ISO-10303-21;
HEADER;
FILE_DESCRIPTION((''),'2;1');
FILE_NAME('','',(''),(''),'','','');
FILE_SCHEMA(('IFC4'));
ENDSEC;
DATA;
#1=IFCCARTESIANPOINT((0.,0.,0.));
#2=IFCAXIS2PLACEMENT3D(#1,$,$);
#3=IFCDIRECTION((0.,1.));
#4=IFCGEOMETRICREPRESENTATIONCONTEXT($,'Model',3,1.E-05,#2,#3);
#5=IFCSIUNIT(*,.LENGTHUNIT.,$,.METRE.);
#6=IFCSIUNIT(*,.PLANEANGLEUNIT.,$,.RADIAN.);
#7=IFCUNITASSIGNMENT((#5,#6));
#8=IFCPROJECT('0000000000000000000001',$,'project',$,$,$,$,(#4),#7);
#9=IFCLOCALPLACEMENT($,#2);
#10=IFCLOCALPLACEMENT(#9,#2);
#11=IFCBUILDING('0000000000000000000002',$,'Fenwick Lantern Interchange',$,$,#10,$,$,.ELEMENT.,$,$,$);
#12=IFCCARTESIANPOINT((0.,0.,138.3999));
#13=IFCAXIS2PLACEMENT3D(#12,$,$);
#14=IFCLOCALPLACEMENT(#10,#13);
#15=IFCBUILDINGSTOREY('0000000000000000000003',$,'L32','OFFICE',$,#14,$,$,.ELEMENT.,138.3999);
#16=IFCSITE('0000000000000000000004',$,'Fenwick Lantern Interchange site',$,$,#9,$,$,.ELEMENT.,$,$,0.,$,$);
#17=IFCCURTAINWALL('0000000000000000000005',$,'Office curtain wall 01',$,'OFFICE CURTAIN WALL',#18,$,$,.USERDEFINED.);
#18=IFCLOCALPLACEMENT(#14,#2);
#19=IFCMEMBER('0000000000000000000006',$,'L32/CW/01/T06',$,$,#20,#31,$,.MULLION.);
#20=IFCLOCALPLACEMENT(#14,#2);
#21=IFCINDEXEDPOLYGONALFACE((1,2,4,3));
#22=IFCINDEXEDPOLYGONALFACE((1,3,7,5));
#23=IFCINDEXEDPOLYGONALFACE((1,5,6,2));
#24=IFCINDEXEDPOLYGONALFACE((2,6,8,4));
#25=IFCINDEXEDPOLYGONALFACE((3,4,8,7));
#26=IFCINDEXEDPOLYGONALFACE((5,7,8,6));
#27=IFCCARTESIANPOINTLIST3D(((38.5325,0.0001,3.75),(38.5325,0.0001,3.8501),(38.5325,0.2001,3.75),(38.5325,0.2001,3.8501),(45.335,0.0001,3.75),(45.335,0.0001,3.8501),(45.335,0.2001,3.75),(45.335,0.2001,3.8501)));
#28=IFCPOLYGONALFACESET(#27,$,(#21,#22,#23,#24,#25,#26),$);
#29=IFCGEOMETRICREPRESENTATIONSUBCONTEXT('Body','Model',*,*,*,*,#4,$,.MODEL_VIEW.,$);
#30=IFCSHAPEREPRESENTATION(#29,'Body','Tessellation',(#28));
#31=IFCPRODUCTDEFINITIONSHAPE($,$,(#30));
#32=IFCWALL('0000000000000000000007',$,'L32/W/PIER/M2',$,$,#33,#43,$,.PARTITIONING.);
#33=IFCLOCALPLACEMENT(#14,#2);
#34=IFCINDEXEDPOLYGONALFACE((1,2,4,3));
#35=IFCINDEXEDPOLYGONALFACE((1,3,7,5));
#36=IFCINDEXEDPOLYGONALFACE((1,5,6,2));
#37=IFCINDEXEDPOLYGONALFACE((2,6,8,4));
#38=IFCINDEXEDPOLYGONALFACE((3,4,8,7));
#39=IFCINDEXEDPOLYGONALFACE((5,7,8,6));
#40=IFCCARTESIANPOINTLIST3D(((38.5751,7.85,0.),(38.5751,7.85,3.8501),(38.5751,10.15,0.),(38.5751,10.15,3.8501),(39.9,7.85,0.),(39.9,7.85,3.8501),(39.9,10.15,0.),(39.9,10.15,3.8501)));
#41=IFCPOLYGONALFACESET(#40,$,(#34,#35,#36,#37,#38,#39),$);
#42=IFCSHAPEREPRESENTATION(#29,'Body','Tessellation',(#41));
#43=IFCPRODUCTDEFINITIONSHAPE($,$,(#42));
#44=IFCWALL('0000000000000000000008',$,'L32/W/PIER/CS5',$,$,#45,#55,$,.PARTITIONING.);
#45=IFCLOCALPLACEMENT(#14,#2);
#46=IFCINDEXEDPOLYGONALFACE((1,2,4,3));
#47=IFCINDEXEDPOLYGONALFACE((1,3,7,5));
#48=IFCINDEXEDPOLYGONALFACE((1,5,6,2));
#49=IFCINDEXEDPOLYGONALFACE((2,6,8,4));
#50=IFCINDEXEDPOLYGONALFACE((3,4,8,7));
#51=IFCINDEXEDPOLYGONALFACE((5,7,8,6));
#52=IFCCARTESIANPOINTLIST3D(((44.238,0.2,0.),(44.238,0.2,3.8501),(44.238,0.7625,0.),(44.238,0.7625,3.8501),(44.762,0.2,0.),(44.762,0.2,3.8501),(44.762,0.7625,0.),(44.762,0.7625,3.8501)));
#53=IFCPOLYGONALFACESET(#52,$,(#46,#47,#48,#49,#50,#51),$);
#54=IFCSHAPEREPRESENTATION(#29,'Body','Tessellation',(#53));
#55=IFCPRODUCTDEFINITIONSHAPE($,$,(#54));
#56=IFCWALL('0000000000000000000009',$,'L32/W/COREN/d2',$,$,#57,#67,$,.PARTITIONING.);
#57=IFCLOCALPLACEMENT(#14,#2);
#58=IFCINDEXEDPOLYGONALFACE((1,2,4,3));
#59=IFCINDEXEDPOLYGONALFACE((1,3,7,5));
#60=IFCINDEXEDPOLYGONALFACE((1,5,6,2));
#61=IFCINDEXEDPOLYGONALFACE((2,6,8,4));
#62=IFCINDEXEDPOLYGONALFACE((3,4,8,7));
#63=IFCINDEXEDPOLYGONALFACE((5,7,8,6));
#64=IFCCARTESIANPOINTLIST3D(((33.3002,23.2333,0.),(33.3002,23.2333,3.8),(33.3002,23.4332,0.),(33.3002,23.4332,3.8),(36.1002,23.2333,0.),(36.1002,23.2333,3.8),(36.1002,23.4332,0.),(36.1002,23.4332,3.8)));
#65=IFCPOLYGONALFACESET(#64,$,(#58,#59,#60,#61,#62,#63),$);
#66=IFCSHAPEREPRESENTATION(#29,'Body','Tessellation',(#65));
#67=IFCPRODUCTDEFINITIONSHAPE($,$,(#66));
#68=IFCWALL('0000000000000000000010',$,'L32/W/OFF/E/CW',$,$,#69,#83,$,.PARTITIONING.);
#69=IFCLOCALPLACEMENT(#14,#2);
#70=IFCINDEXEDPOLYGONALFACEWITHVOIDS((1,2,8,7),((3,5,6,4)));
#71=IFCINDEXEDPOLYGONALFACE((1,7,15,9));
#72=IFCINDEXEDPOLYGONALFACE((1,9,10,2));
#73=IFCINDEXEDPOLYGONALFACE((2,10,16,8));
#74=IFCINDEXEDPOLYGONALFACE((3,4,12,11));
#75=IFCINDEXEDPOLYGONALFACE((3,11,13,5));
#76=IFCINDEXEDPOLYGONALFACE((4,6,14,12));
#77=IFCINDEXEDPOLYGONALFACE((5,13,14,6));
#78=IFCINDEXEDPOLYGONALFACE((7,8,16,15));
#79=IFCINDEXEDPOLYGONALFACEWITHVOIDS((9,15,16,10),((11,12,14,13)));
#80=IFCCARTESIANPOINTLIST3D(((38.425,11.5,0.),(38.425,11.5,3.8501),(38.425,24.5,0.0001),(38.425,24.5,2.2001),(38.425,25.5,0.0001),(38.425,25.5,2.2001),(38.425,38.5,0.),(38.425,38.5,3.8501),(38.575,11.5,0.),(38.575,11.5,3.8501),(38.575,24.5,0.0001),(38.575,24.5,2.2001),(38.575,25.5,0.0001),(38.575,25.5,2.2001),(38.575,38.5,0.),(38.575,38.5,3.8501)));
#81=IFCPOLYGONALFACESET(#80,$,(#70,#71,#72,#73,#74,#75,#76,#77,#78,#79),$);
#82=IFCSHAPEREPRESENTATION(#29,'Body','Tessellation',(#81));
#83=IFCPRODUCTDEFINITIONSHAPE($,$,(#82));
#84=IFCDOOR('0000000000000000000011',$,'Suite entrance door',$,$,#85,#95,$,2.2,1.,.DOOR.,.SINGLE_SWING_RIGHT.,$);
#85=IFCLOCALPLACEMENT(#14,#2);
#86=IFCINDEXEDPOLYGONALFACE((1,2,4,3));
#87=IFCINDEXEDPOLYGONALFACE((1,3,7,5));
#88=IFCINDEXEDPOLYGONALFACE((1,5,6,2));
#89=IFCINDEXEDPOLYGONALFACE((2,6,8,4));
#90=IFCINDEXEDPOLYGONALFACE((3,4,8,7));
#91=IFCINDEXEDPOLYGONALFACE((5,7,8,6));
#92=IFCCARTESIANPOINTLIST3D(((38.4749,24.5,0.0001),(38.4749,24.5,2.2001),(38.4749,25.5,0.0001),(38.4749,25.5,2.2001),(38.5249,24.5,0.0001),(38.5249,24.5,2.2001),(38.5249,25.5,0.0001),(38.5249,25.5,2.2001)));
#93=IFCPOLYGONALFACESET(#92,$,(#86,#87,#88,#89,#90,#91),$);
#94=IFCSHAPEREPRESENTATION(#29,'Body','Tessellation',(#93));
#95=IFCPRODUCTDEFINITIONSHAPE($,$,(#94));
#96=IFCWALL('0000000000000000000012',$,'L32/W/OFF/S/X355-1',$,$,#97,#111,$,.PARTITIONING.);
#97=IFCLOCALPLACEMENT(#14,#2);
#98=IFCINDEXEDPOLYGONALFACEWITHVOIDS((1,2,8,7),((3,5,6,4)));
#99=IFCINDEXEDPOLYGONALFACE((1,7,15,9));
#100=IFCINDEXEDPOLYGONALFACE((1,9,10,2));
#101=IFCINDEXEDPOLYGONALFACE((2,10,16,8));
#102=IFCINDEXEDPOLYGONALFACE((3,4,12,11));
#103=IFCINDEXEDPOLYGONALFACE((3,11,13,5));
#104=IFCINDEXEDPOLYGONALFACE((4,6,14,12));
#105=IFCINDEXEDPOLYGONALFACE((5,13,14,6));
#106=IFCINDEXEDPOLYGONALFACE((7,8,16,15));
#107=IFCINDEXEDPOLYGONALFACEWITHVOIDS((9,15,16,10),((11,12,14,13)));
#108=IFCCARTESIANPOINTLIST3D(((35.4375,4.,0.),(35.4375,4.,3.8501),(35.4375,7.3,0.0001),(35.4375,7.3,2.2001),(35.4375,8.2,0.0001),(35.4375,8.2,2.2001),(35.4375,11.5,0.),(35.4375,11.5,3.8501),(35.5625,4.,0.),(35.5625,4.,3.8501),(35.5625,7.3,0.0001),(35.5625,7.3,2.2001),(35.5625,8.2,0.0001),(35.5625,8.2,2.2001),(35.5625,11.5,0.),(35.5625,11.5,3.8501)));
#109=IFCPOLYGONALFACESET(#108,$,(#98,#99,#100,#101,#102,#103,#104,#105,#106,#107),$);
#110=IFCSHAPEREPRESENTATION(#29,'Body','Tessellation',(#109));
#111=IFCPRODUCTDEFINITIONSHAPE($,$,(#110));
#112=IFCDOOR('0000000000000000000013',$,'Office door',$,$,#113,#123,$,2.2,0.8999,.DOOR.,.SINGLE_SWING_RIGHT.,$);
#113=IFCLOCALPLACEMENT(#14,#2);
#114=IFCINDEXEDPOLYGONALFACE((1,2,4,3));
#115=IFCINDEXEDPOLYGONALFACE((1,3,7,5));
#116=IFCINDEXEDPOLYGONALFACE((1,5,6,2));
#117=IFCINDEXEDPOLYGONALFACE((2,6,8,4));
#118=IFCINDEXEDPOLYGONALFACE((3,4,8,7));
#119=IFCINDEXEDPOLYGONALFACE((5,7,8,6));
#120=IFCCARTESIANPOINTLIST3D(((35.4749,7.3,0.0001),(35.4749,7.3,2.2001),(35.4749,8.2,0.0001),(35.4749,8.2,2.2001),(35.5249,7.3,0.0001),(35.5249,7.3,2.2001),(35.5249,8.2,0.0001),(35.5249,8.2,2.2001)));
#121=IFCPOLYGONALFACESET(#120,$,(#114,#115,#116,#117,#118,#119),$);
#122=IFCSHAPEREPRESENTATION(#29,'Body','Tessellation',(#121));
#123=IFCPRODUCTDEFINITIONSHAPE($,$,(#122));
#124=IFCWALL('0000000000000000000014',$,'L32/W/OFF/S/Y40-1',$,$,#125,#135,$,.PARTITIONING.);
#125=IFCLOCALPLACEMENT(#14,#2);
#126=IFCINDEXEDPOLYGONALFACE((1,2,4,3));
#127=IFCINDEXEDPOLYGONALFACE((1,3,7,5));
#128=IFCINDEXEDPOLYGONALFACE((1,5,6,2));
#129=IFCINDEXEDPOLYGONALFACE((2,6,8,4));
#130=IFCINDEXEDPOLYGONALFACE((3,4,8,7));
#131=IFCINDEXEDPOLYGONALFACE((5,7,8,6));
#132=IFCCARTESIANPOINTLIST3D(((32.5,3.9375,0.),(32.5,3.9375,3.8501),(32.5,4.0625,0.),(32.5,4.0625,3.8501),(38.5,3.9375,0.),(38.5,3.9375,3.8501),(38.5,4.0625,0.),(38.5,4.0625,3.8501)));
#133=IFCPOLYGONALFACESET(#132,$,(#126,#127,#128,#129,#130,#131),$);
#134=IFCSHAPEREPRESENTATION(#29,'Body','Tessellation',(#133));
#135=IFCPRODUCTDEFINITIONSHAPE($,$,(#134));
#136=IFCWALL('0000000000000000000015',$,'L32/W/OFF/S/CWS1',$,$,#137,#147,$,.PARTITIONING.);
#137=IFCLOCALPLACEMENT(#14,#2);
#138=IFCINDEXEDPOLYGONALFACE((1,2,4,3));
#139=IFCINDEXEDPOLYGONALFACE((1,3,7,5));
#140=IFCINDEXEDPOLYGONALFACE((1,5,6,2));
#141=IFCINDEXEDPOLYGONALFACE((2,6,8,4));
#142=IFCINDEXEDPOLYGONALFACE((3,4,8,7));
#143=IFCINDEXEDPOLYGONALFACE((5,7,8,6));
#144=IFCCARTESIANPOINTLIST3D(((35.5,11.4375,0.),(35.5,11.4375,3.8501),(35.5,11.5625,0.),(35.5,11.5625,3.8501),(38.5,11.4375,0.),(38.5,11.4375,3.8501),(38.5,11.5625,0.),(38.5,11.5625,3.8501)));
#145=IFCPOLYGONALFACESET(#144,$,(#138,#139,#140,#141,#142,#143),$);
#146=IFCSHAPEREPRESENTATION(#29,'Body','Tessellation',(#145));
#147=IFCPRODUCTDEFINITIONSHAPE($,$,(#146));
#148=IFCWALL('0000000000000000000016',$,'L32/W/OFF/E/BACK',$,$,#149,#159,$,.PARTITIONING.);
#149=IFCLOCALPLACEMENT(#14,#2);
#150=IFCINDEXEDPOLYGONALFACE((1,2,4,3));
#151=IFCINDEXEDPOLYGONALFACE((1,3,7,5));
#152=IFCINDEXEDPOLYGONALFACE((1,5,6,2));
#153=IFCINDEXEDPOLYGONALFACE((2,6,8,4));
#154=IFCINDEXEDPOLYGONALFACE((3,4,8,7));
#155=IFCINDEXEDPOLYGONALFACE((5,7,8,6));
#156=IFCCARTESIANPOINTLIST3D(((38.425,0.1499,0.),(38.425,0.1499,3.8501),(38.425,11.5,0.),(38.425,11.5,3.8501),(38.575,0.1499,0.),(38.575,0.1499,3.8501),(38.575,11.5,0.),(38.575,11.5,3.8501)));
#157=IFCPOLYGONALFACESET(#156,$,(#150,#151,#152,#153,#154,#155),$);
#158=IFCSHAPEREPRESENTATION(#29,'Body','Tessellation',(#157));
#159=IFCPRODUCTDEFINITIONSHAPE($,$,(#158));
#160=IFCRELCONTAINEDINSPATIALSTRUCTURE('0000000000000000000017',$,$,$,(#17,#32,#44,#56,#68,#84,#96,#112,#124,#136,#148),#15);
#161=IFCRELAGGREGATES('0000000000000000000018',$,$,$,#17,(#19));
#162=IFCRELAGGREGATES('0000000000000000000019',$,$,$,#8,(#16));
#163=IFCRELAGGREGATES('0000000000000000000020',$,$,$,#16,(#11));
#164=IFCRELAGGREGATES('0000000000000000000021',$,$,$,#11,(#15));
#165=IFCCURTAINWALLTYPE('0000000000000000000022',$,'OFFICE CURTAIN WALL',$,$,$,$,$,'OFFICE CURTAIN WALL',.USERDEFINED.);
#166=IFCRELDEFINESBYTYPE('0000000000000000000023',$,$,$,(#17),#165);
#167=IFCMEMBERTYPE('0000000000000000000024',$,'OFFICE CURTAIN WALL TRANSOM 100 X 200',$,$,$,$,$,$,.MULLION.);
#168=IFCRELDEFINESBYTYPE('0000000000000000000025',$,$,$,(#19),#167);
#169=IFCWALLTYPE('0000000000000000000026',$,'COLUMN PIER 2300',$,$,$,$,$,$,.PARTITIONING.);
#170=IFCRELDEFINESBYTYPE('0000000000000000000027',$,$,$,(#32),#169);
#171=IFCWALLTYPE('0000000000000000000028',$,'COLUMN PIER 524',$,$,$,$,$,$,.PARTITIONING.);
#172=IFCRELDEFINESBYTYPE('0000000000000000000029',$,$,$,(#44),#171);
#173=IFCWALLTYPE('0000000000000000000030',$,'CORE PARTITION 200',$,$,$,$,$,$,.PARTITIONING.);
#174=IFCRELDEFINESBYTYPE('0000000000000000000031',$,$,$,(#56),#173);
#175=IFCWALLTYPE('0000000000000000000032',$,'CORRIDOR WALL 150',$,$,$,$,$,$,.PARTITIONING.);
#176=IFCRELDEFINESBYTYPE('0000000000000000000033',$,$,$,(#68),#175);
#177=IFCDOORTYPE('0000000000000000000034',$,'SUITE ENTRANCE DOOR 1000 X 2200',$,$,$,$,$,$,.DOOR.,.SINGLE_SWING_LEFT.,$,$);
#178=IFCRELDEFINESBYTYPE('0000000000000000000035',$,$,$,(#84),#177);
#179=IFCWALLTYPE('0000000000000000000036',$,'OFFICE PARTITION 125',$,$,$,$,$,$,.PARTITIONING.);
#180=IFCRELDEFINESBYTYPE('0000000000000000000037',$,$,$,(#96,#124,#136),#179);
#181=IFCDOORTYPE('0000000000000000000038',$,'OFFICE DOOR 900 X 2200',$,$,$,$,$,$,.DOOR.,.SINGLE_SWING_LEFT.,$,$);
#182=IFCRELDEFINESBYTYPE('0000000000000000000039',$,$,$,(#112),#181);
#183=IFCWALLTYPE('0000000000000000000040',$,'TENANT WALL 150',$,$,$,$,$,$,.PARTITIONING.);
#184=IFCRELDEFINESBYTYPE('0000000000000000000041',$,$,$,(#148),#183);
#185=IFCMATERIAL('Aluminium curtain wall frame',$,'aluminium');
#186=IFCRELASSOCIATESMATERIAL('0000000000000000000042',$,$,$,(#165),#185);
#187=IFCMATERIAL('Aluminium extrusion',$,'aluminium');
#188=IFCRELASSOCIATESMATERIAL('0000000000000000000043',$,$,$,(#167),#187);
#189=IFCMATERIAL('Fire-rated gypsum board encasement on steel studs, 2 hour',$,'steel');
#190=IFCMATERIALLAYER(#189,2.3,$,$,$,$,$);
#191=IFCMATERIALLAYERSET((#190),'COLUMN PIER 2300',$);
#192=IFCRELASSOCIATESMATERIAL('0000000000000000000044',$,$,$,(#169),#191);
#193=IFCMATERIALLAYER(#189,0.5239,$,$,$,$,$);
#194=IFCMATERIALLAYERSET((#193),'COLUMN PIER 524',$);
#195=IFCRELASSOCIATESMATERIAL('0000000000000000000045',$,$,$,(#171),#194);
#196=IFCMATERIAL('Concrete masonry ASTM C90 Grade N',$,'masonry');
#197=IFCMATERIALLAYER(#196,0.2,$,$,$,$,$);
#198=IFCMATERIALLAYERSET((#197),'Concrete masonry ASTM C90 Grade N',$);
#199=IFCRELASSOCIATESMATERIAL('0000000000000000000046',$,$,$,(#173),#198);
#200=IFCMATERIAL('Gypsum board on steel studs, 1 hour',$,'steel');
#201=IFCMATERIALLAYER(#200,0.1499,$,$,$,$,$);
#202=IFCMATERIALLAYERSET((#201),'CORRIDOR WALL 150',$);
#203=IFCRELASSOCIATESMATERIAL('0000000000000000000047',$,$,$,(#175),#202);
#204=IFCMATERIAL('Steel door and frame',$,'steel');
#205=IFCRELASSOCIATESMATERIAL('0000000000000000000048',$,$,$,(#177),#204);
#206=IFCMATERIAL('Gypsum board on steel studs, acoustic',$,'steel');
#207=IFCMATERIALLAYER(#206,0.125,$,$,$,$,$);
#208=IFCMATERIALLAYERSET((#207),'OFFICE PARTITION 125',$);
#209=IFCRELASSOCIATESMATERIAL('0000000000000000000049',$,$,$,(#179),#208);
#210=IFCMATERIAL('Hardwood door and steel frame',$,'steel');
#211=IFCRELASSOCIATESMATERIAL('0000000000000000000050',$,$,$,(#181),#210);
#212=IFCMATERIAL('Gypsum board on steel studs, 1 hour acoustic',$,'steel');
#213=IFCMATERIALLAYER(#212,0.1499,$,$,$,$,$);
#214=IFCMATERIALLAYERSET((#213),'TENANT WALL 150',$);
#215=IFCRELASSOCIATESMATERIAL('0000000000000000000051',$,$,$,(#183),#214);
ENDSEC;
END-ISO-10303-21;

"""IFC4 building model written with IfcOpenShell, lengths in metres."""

from ifc_helpers import new_model, si_unit, direction, frame, frame_2d, origin, origin_2d, place, context, subcontext, project, spatial, rectangle, extrude, material, layer, layer_set, material_profile, profile_set, type_object, element, fill, aggregate, save


model = new_model("IFC4")

# Units and contexts
model_context = context("Model", 3, precision=1e-05, world=origin(), true_north=direction((0.0, 1.0)))
body_context = subcontext(model_context, "Body", "Model", "MODEL_VIEW")
ifc_project = project(units=[si_unit("LENGTHUNIT", "METRE"), si_unit("PLANEANGLEUNIT", "RADIAN")], contexts=[model_context])

# Site, building, storey
site_placement = place(None, origin())
site = spatial("IfcSite", under=ifc_project, at=site_placement, Name="Fenwick Lantern Interchange site", CompositionType="ELEMENT", RefElevation=0.0)
building_placement = place(site_placement, origin())
building = spatial("IfcBuilding", under=site, at=building_placement, Name="Fenwick Lantern Interchange", CompositionType="ELEMENT")
storey_placement = place(building_placement, frame((0.0, 0.0, 138.3999)))
storey = spatial("IfcBuildingStorey", under=building, at=storey_placement, Name="L32", Description="OFFICE", CompositionType="ELEMENT", Elevation=138.3999)

# Curtain wall, member
ifc_material_1 = material(Name="Aluminium curtain wall frame", Category="aluminium")
curtain_wall_type = type_object("IfcCurtainWallType", Name="OFFICE CURTAIN WALL", ElementType="OFFICE CURTAIN WALL", PredefinedType="USERDEFINED", material=ifc_material_1)
curtain_wall_placement = place(storey_placement, origin())
curtain_wall = element("IfcCurtainWall", 1, at=curtain_wall_placement, inside=storey, type_object=curtain_wall_type, Name="Office curtain wall 01", ObjectType="OFFICE CURTAIN WALL", PredefinedType="USERDEFINED")
ifc_material_2 = material(Name="Aluminium extrusion", Category="aluminium")
ifc_material_profile_1 = material_profile(ifc_material_2, rectangle(XDim=0.2, YDim=0.1001, at=origin_2d()), Name="OFFICE CURTAIN WALL TRANSOM 100 X 200")
ifc_profile_set_1 = profile_set([ifc_material_profile_1], Name="Aluminium extrusion")
member_type_1 = type_object("IfcMemberType", Name="OFFICE CURTAIN WALL TRANSOM 100 X 200", PredefinedType="MULLION", material=ifc_profile_set_1)
member_1_placement = place(storey_placement, frame((38.5325, 0.1001, 3.8), z_axis=(1.0, 0.0, 0.0), x_axis=(0.0, 1.0, 0.0)))
member_1 = element("IfcMember", 2, at=member_1_placement, type_object=member_type_1, Name="L32/CW/01/T06", PredefinedType="MULLION", context=body_context, shape_type="SweptSolid", body=[
    extrude(rectangle(XDim=0.2, YDim=0.1001, at=origin_2d()), origin(), (0.0, 0.0, 1.0), 6.8025),
])
aggregate(curtain_wall, [member_1])

# Walls
ifc_material_3 = material(Name="Fire-rated gypsum board encasement on steel studs, 2 hour", Category="steel")
ifc_layer_1 = layer(ifc_material_3, 2.3)
ifc_layer_set_1 = layer_set([ifc_layer_1], Name="COLUMN PIER 2300")
wall_type_1 = type_object("IfcWallType", Name="COLUMN PIER 2300", PredefinedType="PARTITIONING", material=ifc_layer_set_1)
wall_1_placement = place(storey_placement, frame((38.575, 9.0, 0.0), z_axis=(0.0, 0.0, 1.0), x_axis=(1.0, 0.0, 0.0)))
element("IfcWall", 3, at=wall_1_placement, inside=storey, type_object=wall_type_1, Name="L32/W/PIER/M2", PredefinedType="PARTITIONING", context=body_context, shape_type="SweptSolid", body=[
    extrude(rectangle(XDim=1.325, YDim=2.3, at=frame_2d((0.6626, 0.0))), origin(), (0.0, 0.0, 1.0), 3.8501),
])
ifc_layer_2 = layer(ifc_material_3, 0.5239)
ifc_layer_set_2 = layer_set([ifc_layer_2], Name="COLUMN PIER 524")
wall_type_2 = type_object("IfcWallType", Name="COLUMN PIER 524", PredefinedType="PARTITIONING", material=ifc_layer_set_2)
wall_2_placement = place(storey_placement, frame((44.5, 0.2, 0.0), z_axis=(0.0, 0.0, 1.0), x_axis=(0.0, 1.0, 0.0)))
element("IfcWall", 4, at=wall_2_placement, inside=storey, type_object=wall_type_2, Name="L32/W/PIER/CS5", PredefinedType="PARTITIONING", context=body_context, shape_type="SweptSolid", body=[
    extrude(rectangle(XDim=0.5625, YDim=0.5239, at=frame_2d((0.2812, 0.0))), origin(), (0.0, 0.0, 1.0), 3.8501),
])
ifc_material_4 = material(Name="Concrete masonry ASTM C90 Grade N", Category="masonry")
ifc_layer_3 = layer(ifc_material_4, 0.2)
ifc_layer_set_3 = layer_set([ifc_layer_3], Name="Concrete masonry ASTM C90 Grade N")
wall_type_3 = type_object("IfcWallType", Name="CORE PARTITION 200", PredefinedType="PARTITIONING", material=ifc_layer_set_3)
wall_3_placement = place(storey_placement, frame((36.1001, 23.3333, 0.0), z_axis=(0.0, 0.0, 1.0), x_axis=(-1.0, 0.0, 0.0)))
element("IfcWall", 5, at=wall_3_placement, inside=storey, type_object=wall_type_3, Name="L32/W/COREN/d2", PredefinedType="PARTITIONING", context=body_context, shape_type="SweptSolid", body=[
    extrude(rectangle(XDim=2.8, YDim=0.2, at=frame_2d((1.3999, 0.0))), origin(), (0.0, 0.0, 1.0), 3.8),
])

# Shared definitions
ifc_material_5 = material(Name="Steel door and frame", Category="steel")
ifc_material_6 = material(Name="Hardwood door and steel frame", Category="steel")

# Walls, openings, doors
ifc_material_7 = material(Name="Gypsum board on steel studs, 1 hour", Category="steel")
ifc_layer_4 = layer(ifc_material_7, 0.1499)
ifc_layer_set_4 = layer_set([ifc_layer_4], Name="CORRIDOR WALL 150")
wall_type_4 = type_object("IfcWallType", Name="CORRIDOR WALL 150", PredefinedType="PARTITIONING", material=ifc_layer_set_4)
wall_4_placement = place(storey_placement, frame((38.5, 11.5, 0.0), z_axis=(0.0, 0.0, 1.0), x_axis=(0.0, 1.0, 0.0)))
wall_4 = element("IfcWall", 6, at=wall_4_placement, inside=storey, type_object=wall_type_4, Name="L32/W/OFF/E/CW", PredefinedType="PARTITIONING", context=body_context, shape_type="SweptSolid", body=[
    extrude(rectangle(XDim=27.0, YDim=0.1499, at=frame_2d((13.5, 0.0))), origin(), (0.0, 0.0, 1.0), 3.8501),
])
opening_1_placement = place(wall_4_placement, frame((13.0, 0.0, 0.0)))
opening_1 = element("IfcOpeningElement", 7, at=opening_1_placement, cuts=wall_4, PredefinedType="OPENING", context=body_context, shape_type="SweptSolid", body=[
    extrude(rectangle(XDim=1.0, YDim=2.2, at=frame_2d((0.5, 1.1001))), frame((0.0, 0.085, 0.0), z_axis=(0.0, -1.0, 0.0), x_axis=(1.0, 0.0, 0.0)), (0.0, 0.0, 1.0), 0.1699),
])
door_type_1 = type_object("IfcDoorType", Name="SUITE ENTRANCE DOOR 1000 X 2200", OperationType="SINGLE_SWING_LEFT", PredefinedType="DOOR", material=ifc_material_5)
door_1_placement = place(opening_1_placement, frame((1.0, 0.0, 0.0), z_axis=(0.0, 0.0, 1.0), x_axis=(-1.0, 0.0, 0.0)))
door_1 = element("IfcDoor", 8, at=door_1_placement, inside=storey, type_object=door_type_1, Name="Suite entrance door", OperationType="SINGLE_SWING_RIGHT", OverallHeight=2.2, OverallWidth=1.0, PredefinedType="DOOR", context=body_context, shape_type="SweptSolid", body=[
    extrude(rectangle(XDim=1.0, YDim=2.2, at=frame_2d((0.5, 1.1001))), frame((0.0, 0.0249, 0.0), z_axis=(0.0, -1.0, 0.0), x_axis=(1.0, 0.0, 0.0)), (0.0, 0.0, 1.0), 0.05),
])
fill(opening_1, door_1)
ifc_material_8 = material(Name="Gypsum board on steel studs, acoustic", Category="steel")
ifc_layer_5 = layer(ifc_material_8, 0.125)
ifc_layer_set_5 = layer_set([ifc_layer_5], Name="OFFICE PARTITION 125")
wall_type_5 = type_object("IfcWallType", Name="OFFICE PARTITION 125", PredefinedType="PARTITIONING", material=ifc_layer_set_5)
wall_5_placement = place(storey_placement, frame((35.5, 4.0, 0.0), z_axis=(0.0, 0.0, 1.0), x_axis=(0.0, 1.0, 0.0)))
wall_5 = element("IfcWall", 9, at=wall_5_placement, inside=storey, type_object=wall_type_5, Name="L32/W/OFF/S/X355-1", PredefinedType="PARTITIONING", context=body_context, shape_type="SweptSolid", body=[
    extrude(rectangle(XDim=7.5, YDim=0.125, at=frame_2d((3.75, 0.0))), origin(), (0.0, 0.0, 1.0), 3.8501),
])
opening_2_placement = place(wall_5_placement, frame((3.3, 0.0, 0.0)))
opening_2 = element("IfcOpeningElement", 10, at=opening_2_placement, cuts=wall_5, PredefinedType="OPENING", context=body_context, shape_type="SweptSolid", body=[
    extrude(rectangle(XDim=0.8999, YDim=2.2, at=frame_2d((0.45, 1.1001))), frame((0.0, 0.0725, 0.0), z_axis=(0.0, -1.0, 0.0), x_axis=(1.0, 0.0, 0.0)), (0.0, 0.0, 1.0), 0.145),
])
door_type_2 = type_object("IfcDoorType", Name="OFFICE DOOR 900 X 2200", OperationType="SINGLE_SWING_LEFT", PredefinedType="DOOR", material=ifc_material_6)
door_2_placement = place(opening_2_placement, frame((0.8999, 0.0, 0.0), z_axis=(0.0, 0.0, 1.0), x_axis=(-1.0, 0.0, 0.0)))
door_2 = element("IfcDoor", 11, at=door_2_placement, inside=storey, type_object=door_type_2, Name="Office door", OperationType="SINGLE_SWING_RIGHT", OverallHeight=2.2, OverallWidth=0.8999, PredefinedType="DOOR", context=body_context, shape_type="SweptSolid", body=[
    extrude(rectangle(XDim=0.8999, YDim=2.2, at=frame_2d((0.45, 1.1001))), frame((0.0, 0.0249, 0.0), z_axis=(0.0, -1.0, 0.0), x_axis=(1.0, 0.0, 0.0)), (0.0, 0.0, 1.0), 0.05),
])
fill(opening_2, door_2)

# Walls
wall_6_placement = place(storey_placement, frame((32.5, 4.0, 0.0), z_axis=(0.0, 0.0, 1.0), x_axis=(1.0, 0.0, 0.0)))
element("IfcWall", 12, at=wall_6_placement, inside=storey, type_object=wall_type_5, Name="L32/W/OFF/S/Y40-1", PredefinedType="PARTITIONING", context=body_context, shape_type="SweptSolid", body=[
    extrude(rectangle(XDim=6.0, YDim=0.125, at=frame_2d((3.0, 0.0))), origin(), (0.0, 0.0, 1.0), 3.8501),
])
wall_7_placement = place(storey_placement, frame((35.5, 11.5, 0.0), z_axis=(0.0, 0.0, 1.0), x_axis=(1.0, 0.0, 0.0)))
element("IfcWall", 13, at=wall_7_placement, inside=storey, type_object=wall_type_5, Name="L32/W/OFF/S/CWS1", PredefinedType="PARTITIONING", context=body_context, shape_type="SweptSolid", body=[
    extrude(rectangle(XDim=3.0, YDim=0.125, at=frame_2d((1.5, 0.0))), origin(), (0.0, 0.0, 1.0), 3.8501),
])
ifc_material_9 = material(Name="Gypsum board on steel studs, 1 hour acoustic", Category="steel")
ifc_layer_6 = layer(ifc_material_9, 0.1499)
ifc_layer_set_6 = layer_set([ifc_layer_6], Name="TENANT WALL 150")
wall_type_6 = type_object("IfcWallType", Name="TENANT WALL 150", PredefinedType="PARTITIONING", material=ifc_layer_set_6)
wall_8_placement = place(storey_placement, frame((38.5, 0.1499, 0.0), z_axis=(0.0, 0.0, 1.0), x_axis=(0.0, 1.0, 0.0)))
element("IfcWall", 14, at=wall_8_placement, inside=storey, type_object=wall_type_6, Name="L32/W/OFF/E/BACK", PredefinedType="PARTITIONING", context=body_context, shape_type="SweptSolid", body=[
    extrude(rectangle(XDim=11.3501, YDim=0.1499, at=frame_2d((5.675, 0.0))), origin(), (0.0, 0.0, 1.0), 3.8501),
])

save(model, "model.ifc")
